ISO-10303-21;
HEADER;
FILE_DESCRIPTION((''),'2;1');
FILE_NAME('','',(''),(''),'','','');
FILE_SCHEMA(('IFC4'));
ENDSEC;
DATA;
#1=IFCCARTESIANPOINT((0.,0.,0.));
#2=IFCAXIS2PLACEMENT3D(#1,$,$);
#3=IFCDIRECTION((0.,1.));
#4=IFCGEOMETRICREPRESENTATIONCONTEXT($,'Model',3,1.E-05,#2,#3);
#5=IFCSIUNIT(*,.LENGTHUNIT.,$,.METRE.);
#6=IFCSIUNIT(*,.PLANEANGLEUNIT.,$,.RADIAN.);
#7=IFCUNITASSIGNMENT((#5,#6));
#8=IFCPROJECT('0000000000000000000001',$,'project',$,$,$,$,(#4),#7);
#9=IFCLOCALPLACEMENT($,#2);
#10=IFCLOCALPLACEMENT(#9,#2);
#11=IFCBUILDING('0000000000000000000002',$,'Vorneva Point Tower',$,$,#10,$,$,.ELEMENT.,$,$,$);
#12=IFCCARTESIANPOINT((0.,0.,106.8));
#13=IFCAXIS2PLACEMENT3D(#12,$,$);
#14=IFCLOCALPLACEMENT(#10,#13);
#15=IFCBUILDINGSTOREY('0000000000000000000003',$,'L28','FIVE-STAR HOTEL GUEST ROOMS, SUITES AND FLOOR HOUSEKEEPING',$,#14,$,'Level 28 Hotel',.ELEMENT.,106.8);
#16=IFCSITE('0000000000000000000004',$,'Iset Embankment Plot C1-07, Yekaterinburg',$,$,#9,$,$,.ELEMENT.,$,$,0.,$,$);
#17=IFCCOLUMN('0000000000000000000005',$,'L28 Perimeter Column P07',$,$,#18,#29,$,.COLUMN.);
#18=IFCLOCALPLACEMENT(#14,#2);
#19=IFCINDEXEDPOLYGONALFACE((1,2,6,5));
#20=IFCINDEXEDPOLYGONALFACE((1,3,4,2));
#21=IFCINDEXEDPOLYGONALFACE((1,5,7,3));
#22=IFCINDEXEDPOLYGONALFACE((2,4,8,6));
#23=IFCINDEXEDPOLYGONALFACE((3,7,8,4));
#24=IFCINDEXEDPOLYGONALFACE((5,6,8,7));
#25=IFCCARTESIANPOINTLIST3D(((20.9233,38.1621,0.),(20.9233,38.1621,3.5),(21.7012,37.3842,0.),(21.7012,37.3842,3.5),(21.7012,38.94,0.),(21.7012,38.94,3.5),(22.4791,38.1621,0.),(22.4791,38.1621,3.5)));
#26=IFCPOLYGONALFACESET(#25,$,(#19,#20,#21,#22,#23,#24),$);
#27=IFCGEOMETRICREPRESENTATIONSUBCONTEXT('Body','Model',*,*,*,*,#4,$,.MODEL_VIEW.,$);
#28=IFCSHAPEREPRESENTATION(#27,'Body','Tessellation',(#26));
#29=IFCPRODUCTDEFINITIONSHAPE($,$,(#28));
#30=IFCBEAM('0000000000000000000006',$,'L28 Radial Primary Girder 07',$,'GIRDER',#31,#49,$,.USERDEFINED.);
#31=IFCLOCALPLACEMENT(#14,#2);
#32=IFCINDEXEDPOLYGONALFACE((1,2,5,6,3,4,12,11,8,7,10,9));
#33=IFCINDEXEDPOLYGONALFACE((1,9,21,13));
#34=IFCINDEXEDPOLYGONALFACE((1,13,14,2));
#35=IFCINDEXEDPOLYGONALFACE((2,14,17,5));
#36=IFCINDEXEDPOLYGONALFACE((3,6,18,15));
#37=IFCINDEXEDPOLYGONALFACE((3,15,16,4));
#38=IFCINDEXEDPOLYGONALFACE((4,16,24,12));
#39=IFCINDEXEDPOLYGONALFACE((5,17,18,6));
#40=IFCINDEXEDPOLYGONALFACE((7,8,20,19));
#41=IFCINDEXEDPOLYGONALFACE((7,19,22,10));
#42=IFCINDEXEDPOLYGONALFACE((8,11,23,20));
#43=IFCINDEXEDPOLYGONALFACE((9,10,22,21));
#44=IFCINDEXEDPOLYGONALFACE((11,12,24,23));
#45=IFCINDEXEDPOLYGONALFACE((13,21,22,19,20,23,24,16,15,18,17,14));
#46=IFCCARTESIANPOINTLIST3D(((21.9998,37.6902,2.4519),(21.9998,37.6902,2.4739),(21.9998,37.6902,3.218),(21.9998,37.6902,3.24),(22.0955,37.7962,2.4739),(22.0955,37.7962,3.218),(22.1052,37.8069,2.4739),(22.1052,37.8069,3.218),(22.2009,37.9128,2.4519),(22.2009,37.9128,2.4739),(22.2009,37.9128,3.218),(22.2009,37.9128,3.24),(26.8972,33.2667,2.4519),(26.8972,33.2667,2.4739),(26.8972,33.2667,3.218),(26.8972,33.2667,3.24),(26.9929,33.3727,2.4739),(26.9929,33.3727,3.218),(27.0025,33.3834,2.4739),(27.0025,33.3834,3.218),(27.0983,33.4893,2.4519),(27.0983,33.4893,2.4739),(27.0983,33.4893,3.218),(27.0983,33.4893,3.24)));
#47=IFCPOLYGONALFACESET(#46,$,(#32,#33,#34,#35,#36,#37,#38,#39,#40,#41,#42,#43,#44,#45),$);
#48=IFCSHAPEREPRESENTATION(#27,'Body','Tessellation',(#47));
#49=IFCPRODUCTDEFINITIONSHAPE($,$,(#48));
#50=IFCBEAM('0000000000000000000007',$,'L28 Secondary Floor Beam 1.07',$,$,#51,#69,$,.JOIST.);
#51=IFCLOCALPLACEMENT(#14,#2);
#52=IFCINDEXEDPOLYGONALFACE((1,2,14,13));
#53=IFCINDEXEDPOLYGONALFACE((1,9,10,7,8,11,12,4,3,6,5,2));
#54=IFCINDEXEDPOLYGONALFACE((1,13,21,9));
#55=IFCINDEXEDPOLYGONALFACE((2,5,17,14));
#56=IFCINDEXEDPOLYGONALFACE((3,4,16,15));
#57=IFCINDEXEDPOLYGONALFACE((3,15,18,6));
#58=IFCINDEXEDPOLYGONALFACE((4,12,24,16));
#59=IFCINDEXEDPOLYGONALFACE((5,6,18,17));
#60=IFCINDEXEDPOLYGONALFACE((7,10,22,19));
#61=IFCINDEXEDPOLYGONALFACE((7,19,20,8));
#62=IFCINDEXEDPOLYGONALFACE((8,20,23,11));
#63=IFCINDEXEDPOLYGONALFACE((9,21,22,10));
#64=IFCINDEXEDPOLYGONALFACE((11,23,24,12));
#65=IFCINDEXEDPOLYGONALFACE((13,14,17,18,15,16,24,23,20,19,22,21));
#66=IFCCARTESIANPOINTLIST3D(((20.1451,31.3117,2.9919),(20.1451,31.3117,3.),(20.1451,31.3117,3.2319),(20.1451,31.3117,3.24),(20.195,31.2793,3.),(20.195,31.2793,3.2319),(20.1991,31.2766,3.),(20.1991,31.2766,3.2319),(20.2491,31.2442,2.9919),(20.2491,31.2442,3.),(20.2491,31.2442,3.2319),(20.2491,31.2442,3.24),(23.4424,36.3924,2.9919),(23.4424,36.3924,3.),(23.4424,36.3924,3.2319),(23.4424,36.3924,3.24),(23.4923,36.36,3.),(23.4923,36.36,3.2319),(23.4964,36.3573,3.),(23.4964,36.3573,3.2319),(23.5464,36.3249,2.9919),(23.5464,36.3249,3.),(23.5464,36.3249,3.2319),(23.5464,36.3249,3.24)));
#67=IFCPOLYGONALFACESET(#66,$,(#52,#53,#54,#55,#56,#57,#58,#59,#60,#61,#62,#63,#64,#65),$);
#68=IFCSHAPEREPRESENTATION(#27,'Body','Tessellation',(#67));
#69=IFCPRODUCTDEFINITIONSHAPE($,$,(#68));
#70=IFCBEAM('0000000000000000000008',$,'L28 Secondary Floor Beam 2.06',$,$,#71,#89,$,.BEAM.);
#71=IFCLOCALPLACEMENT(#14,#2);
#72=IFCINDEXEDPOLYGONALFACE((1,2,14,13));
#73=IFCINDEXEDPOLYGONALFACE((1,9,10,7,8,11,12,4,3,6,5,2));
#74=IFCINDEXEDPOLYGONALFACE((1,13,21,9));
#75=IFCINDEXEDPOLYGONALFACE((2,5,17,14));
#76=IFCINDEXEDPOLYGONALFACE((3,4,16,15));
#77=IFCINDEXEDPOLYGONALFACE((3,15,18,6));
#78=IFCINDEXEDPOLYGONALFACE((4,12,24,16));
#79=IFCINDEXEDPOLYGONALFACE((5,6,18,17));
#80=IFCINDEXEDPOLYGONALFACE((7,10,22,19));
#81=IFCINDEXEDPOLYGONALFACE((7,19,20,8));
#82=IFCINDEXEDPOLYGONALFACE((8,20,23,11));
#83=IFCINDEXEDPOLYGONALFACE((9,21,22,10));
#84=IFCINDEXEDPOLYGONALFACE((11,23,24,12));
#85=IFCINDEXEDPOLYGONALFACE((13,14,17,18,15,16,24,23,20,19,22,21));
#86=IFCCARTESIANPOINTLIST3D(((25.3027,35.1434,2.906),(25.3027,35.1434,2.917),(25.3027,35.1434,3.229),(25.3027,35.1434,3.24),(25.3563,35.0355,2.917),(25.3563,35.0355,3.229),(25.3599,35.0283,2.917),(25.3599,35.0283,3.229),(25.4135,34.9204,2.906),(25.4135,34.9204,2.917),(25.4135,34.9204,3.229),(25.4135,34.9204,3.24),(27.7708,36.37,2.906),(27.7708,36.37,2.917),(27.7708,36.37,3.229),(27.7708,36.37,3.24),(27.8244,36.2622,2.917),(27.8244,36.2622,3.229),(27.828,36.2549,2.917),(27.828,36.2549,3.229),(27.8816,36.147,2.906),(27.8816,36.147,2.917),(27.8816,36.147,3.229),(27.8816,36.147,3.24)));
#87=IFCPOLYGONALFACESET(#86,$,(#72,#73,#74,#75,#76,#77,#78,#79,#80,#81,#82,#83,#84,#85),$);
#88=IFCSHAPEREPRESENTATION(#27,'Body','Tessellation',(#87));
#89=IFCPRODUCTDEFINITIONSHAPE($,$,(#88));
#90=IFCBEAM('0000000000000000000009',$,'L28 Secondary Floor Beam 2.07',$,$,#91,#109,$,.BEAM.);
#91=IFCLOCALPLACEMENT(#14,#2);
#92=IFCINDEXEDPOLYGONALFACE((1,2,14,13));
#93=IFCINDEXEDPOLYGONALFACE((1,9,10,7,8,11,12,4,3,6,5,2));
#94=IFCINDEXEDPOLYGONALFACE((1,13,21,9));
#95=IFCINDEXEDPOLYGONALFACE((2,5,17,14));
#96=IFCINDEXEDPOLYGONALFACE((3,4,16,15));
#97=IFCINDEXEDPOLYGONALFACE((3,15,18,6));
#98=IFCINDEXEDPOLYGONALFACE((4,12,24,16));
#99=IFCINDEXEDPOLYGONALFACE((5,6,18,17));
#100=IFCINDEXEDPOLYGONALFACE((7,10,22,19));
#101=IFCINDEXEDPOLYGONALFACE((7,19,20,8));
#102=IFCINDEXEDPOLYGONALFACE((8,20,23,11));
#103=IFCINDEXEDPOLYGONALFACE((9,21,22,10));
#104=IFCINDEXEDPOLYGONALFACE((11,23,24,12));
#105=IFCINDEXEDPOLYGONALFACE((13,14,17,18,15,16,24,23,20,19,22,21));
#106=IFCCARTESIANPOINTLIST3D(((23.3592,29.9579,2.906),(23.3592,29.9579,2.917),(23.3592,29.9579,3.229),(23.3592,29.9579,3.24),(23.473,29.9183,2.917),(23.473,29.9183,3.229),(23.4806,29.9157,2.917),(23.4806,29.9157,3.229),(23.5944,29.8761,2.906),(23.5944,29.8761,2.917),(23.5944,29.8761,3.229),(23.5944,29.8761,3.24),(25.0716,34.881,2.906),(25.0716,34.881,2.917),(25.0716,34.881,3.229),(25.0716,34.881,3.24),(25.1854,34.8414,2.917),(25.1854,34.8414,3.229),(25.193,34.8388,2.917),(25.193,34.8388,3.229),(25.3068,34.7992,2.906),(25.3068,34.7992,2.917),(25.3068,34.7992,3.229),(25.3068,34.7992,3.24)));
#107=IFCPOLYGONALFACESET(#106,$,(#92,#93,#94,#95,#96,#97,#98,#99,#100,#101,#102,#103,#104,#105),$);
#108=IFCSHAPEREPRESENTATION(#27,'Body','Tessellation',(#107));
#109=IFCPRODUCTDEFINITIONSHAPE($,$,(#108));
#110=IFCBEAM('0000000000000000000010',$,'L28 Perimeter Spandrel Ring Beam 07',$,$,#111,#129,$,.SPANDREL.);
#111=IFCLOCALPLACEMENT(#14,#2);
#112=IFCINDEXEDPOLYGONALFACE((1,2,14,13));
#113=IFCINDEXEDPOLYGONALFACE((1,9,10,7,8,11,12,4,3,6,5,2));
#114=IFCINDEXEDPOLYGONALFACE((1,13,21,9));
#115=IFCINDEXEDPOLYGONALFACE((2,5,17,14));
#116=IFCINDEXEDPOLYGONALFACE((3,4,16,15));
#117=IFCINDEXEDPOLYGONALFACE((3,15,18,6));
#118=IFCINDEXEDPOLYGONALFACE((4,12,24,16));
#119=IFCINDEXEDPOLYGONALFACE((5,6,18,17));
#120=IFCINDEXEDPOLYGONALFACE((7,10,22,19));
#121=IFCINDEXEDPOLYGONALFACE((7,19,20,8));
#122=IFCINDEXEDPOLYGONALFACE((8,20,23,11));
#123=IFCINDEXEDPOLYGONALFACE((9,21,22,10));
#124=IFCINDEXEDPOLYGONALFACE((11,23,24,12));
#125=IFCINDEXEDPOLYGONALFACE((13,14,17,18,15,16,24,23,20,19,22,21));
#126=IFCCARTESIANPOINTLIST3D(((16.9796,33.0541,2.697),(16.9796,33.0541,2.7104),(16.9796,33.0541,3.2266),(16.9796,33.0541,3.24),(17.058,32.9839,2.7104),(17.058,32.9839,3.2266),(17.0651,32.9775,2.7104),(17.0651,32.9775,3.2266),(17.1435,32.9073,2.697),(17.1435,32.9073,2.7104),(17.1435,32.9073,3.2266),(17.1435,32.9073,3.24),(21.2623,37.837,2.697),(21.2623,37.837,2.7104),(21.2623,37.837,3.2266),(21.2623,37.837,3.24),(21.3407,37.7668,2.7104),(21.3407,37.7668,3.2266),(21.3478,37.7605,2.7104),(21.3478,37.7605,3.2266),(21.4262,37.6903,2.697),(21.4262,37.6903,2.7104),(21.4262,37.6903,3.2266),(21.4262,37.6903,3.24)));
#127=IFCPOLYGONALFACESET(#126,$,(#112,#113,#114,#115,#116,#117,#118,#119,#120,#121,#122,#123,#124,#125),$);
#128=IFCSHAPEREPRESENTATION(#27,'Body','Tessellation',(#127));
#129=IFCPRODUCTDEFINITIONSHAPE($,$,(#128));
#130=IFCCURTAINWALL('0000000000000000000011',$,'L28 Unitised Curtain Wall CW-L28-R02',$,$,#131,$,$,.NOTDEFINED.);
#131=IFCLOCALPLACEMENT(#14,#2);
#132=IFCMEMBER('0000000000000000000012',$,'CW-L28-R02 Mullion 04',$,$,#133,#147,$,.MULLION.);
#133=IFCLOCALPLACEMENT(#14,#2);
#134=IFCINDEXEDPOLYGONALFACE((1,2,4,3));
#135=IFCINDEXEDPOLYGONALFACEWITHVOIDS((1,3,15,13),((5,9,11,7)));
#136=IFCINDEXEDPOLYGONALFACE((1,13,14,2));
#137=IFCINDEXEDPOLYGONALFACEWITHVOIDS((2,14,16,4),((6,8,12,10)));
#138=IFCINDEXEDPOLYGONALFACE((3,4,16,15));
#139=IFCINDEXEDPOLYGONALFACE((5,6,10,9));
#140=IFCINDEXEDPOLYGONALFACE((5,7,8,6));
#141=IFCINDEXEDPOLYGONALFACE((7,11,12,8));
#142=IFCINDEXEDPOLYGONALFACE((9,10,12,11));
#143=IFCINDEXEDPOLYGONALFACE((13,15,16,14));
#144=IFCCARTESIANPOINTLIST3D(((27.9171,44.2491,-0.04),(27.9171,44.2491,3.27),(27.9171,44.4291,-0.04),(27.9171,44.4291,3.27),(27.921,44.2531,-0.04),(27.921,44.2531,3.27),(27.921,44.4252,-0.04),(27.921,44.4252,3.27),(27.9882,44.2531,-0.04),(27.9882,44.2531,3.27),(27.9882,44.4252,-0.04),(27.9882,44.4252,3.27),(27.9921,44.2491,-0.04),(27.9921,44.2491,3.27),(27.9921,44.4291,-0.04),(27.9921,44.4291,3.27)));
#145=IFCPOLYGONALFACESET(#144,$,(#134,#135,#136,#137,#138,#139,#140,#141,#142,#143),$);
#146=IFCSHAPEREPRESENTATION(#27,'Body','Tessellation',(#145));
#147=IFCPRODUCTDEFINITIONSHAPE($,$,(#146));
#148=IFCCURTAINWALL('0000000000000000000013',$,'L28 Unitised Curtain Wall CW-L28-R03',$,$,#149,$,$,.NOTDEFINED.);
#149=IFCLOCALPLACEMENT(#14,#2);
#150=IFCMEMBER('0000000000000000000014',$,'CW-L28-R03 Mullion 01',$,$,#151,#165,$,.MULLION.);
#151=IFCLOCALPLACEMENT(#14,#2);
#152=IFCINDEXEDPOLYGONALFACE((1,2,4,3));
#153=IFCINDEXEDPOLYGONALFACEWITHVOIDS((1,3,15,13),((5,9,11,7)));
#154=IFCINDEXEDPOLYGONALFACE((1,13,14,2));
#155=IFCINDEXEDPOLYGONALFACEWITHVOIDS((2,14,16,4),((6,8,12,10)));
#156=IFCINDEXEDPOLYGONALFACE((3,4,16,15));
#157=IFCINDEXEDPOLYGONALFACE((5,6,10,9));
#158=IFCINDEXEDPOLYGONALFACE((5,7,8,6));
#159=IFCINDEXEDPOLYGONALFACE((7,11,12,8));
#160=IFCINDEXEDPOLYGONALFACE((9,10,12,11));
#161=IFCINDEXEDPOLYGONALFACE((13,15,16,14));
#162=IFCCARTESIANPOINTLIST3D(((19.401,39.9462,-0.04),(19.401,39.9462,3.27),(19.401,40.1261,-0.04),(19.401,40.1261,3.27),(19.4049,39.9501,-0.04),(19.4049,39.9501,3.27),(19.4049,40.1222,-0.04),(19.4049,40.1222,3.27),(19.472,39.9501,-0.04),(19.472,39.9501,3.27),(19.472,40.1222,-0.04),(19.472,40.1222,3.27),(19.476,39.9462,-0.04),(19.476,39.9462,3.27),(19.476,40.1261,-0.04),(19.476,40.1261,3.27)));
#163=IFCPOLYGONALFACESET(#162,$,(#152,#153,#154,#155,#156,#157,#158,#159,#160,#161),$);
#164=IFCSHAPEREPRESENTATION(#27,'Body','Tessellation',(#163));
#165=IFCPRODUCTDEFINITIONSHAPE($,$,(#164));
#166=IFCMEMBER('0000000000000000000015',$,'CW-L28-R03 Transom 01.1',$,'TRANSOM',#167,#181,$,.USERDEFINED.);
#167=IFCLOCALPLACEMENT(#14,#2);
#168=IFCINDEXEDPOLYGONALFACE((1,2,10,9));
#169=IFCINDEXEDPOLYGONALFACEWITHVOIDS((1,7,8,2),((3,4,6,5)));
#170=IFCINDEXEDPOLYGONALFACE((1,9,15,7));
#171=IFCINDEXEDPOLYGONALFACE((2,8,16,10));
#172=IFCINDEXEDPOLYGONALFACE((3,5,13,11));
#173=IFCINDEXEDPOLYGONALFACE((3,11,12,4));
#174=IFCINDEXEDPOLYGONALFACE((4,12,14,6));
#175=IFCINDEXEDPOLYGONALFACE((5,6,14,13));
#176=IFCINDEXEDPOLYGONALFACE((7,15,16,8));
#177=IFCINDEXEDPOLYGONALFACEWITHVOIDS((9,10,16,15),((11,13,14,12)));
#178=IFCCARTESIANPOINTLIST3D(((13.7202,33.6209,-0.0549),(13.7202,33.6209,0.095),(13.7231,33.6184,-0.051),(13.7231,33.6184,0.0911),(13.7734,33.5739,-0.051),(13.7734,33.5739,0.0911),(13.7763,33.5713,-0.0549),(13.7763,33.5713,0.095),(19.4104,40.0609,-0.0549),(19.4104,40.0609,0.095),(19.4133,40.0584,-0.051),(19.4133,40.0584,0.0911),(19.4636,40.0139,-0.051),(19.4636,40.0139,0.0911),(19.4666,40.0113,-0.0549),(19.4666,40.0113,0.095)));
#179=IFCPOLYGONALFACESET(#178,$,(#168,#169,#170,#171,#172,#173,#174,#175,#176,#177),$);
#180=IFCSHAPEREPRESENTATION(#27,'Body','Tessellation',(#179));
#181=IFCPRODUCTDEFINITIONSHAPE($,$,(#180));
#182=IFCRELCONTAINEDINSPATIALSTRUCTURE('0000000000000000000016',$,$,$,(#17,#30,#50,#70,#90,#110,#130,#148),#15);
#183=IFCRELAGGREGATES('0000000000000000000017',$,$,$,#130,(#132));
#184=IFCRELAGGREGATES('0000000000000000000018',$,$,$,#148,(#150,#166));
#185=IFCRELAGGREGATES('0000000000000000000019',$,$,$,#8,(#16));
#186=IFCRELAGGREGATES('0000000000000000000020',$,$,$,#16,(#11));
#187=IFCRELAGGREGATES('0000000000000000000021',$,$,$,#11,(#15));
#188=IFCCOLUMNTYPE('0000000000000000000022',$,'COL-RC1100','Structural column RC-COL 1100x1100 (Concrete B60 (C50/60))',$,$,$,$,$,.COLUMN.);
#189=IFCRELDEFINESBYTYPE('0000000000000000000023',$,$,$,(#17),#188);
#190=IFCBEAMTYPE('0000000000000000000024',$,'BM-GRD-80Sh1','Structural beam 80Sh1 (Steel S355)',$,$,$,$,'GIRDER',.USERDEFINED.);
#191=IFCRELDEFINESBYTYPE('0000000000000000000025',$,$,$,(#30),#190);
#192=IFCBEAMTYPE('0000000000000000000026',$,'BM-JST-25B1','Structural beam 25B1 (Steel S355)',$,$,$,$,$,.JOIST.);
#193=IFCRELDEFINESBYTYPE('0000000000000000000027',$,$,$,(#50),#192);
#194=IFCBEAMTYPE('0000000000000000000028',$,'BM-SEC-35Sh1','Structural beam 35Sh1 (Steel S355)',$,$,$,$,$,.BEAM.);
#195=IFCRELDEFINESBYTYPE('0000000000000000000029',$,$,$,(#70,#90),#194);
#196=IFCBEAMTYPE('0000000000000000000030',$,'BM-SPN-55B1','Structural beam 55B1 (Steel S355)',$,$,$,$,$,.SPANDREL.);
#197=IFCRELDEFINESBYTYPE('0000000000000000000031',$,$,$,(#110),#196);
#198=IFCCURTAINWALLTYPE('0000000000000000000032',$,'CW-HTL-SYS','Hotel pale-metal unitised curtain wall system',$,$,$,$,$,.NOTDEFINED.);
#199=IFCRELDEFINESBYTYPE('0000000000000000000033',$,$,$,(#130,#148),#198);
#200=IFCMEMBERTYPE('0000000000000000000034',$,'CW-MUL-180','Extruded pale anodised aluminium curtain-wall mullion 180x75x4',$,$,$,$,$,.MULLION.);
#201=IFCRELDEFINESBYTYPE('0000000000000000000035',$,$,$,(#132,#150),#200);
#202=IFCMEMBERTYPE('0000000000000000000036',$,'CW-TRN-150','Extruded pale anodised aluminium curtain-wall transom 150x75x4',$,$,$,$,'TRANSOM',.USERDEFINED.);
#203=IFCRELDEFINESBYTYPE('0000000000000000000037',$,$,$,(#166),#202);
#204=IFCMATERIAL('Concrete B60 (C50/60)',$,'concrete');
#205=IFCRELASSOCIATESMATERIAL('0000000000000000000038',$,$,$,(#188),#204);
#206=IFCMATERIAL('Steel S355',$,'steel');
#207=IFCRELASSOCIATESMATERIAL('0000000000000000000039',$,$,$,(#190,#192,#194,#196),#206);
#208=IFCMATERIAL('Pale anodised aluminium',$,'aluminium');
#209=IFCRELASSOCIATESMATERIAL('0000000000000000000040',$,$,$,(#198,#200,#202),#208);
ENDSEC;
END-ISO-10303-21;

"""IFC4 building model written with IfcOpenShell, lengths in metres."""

from ifc_helpers import new_model, si_unit, direction, frame, origin, origin_2d, place, context, subcontext, project, spatial, rectangle, hollow_rectangle, i_section, extrude, material, material_profile, profile_set, type_object, element, aggregate, save


model = new_model("IFC4")

# Units and contexts
model_context = context("Model", 3, precision=1e-05, world=origin(), true_north=direction((0.0, 1.0)))
body_context = subcontext(model_context, "Body", "Model", "MODEL_VIEW")
ifc_project = project(units=[si_unit("LENGTHUNIT", "METRE"), si_unit("PLANEANGLEUNIT", "RADIAN")], contexts=[model_context])

# Site, building, storey
site_placement = place(None, origin())
site = spatial("IfcSite", under=ifc_project, at=site_placement, Name="Iset Embankment Plot C1-07, Yekaterinburg", CompositionType="ELEMENT", RefElevation=0.0)
building_placement = place(site_placement, origin())
building = spatial("IfcBuilding", under=site, at=building_placement, Name="Vorneva Point Tower", CompositionType="ELEMENT")
storey_placement = place(building_placement, frame((0.0, 0.0, 106.8)))
storey = spatial("IfcBuildingStorey", under=building, at=storey_placement, Name="L28", Description="FIVE-STAR HOTEL GUEST ROOMS, SUITES AND FLOOR HOUSEKEEPING", LongName="Level 28 Hotel", CompositionType="ELEMENT", Elevation=106.8)

# Column
ifc_material_1 = material(Name="Concrete B60 (C50/60)", Category="concrete")
ifc_material_profile_1 = material_profile(ifc_material_1, rectangle(XDim=1.1001, YDim=1.1001, at=origin_2d()), Name="RC-COL 1100x1100")
ifc_profile_set_1 = profile_set([ifc_material_profile_1], Name="Concrete B60 (C50/60)")
column_type = type_object("IfcColumnType", Name="COL-RC1100", Description="Structural column RC-COL 1100x1100 (Concrete B60 (C50/60))", PredefinedType="COLUMN", material=ifc_profile_set_1)
column_placement = place(storey_placement, frame((21.7012, 38.1621, 0.0), z_axis=(0.0, 0.0, 1.0), x_axis=(-0.707107, 0.707107, 0.0)))
element("IfcColumn", 1, at=column_placement, inside=storey, type_object=column_type, Name="L28 Perimeter Column P07", PredefinedType="COLUMN", context=body_context, shape_type="SweptSolid", body=[
    extrude(rectangle(XDim=1.1001, YDim=1.1001, at=origin_2d()), origin(), (0.0, 0.0, 1.0), 3.5),
])

# Beams
ifc_material_2 = material(Name="Steel S355", Category="steel")
ifc_material_profile_2 = material_profile(ifc_material_2, i_section(OverallWidth=0.3, OverallDepth=0.7881, WebThickness=0.0144, FlangeThickness=0.022, at=origin_2d()), Name="80Sh1")
ifc_profile_set_2 = profile_set([ifc_material_profile_2], Name="Steel S355")
beam_type_1 = type_object("IfcBeamType", Name="BM-GRD-80Sh1", Description="Structural beam 80Sh1 (Steel S355)", ElementType="GIRDER", PredefinedType="USERDEFINED", material=ifc_profile_set_2)
beam_1_placement = place(storey_placement, frame((22.1003, 37.8015, 2.8459), z_axis=(0.742097, -0.670292, 0.0), x_axis=(0.670292, 0.742097, 0.0)))
element("IfcBeam", 2, at=beam_1_placement, inside=storey, type_object=beam_type_1, Name="L28 Radial Primary Girder 07", ObjectType="GIRDER", PredefinedType="USERDEFINED", context=body_context, shape_type="SweptSolid", body=[
    extrude(i_section(OverallWidth=0.3, OverallDepth=0.7881, WebThickness=0.0144, FlangeThickness=0.022, at=origin_2d()), origin(), (0.0, 0.0, 1.0), 6.5994),
])
ifc_material_profile_3 = material_profile(ifc_material_2, i_section(OverallWidth=0.124, OverallDepth=0.248, WebThickness=0.0049, FlangeThickness=0.0081, at=origin_2d()), Name="25B1")
ifc_profile_set_3 = profile_set([ifc_material_profile_3], Name="Steel S355")
beam_type_2 = type_object("IfcBeamType", Name="BM-JST-25B1", Description="Structural beam 25B1 (Steel S355)", PredefinedType="JOIST", material=ifc_profile_set_3)
beam_2_placement = place(storey_placement, frame((23.4944, 36.3586, 3.116), z_axis=(-0.544389, -0.838833, 0.0), x_axis=(0.838833, -0.544389, 0.0)))
element("IfcBeam", 3, at=beam_2_placement, inside=storey, type_object=beam_type_2, Name="L28 Secondary Floor Beam 1.07", PredefinedType="JOIST", context=body_context, shape_type="SweptSolid", body=[
    extrude(i_section(OverallWidth=0.124, OverallDepth=0.248, WebThickness=0.0049, FlangeThickness=0.0081, at=origin_2d()), origin(), (0.0, 0.0, 1.0), 6.0569),
])
ifc_material_profile_4 = material_profile(ifc_material_2, i_section(OverallWidth=0.249, OverallDepth=0.334, WebThickness=0.0081, FlangeThickness=0.011, at=origin_2d()), Name="35Sh1")
ifc_profile_set_4 = profile_set([ifc_material_profile_4], Name="Steel S355")
beam_type_3 = type_object("IfcBeamType", Name="BM-SEC-35Sh1", Description="Structural beam 35Sh1 (Steel S355)", PredefinedType="BEAM", material=ifc_profile_set_4)
beam_3_placement = place(storey_placement, frame((27.8262, 36.2585, 3.073), z_axis=(-0.895505, -0.445051, 0.0), x_axis=(0.445051, -0.895505, 0.0)))
element("IfcBeam", 4, at=beam_3_placement, inside=storey, type_object=beam_type_3, Name="L28 Secondary Floor Beam 2.06", PredefinedType="BEAM", context=body_context, shape_type="SweptSolid", body=[
    extrude(i_section(OverallWidth=0.249, OverallDepth=0.334, WebThickness=0.0081, FlangeThickness=0.011, at=origin_2d()), origin(), (0.0, 0.0, 1.0), 2.7561),
])
beam_4_placement = place(storey_placement, frame((25.1892, 34.8401, 3.073), z_axis=(-0.328524, -0.944496, 0.0), x_axis=(0.944496, -0.328524, 0.0)))
element("IfcBeam", 5, at=beam_4_placement, inside=storey, type_object=beam_type_3, Name="L28 Secondary Floor Beam 2.07", PredefinedType="BEAM", context=body_context, shape_type="SweptSolid", body=[
    extrude(i_section(OverallWidth=0.249, OverallDepth=0.334, WebThickness=0.0081, FlangeThickness=0.011, at=origin_2d()), origin(), (0.0, 0.0, 1.0), 5.2124),
])
ifc_material_profile_5 = material_profile(ifc_material_2, i_section(OverallWidth=0.22, OverallDepth=0.543, WebThickness=0.0095, FlangeThickness=0.0134, at=origin_2d()), Name="55B1")
ifc_profile_set_5 = profile_set([ifc_material_profile_5], Name="Steel S355")
beam_type_4 = type_object("IfcBeamType", Name="BM-SPN-55B1", Description="Structural beam 55B1 (Steel S355)", PredefinedType="SPANDREL", material=ifc_profile_set_5)
beam_5_placement = place(storey_placement, frame((21.3442, 37.7637, 2.9685), z_axis=(-0.667074, -0.744992, 0.0), x_axis=(0.744992, -0.667074, 0.0)))
element("IfcBeam", 6, at=beam_5_placement, inside=storey, type_object=beam_type_4, Name="L28 Perimeter Spandrel Ring Beam 07", PredefinedType="SPANDREL", context=body_context, shape_type="SweptSolid", body=[
    extrude(i_section(OverallWidth=0.22, OverallDepth=0.543, WebThickness=0.0095, FlangeThickness=0.0134, at=origin_2d()), origin(), (0.0, 0.0, 1.0), 6.4202),
])

# Curtain wall, member
ifc_material_3 = material(Name="Pale anodised aluminium", Category="aluminium")
curtain_wall_type = type_object("IfcCurtainWallType", Name="CW-HTL-SYS", Description="Hotel pale-metal unitised curtain wall system", PredefinedType="NOTDEFINED", material=ifc_material_3)
curtain_wall_1_placement = place(storey_placement, origin())
curtain_wall_1 = element("IfcCurtainWall", 7, at=curtain_wall_1_placement, inside=storey, type_object=curtain_wall_type, Name="L28 Unitised Curtain Wall CW-L28-R02", PredefinedType="NOTDEFINED")
ifc_material_profile_6 = material_profile(ifc_material_3, hollow_rectangle(XDim=0.075, YDim=0.1799, WallThickness=0.0039, at=origin_2d()), Name="AL-MUL 180x75x4")
ifc_profile_set_6 = profile_set([ifc_material_profile_6], Name="Pale anodised aluminium")
member_type_1 = type_object("IfcMemberType", Name="CW-MUL-180", Description="Extruded pale anodised aluminium curtain-wall mullion 180x75x4", PredefinedType="MULLION", material=ifc_profile_set_6)
member_1_placement = place(storey_placement, frame((27.9546, 44.3391, -0.04), z_axis=(0.0, 0.0, 1.0), x_axis=(1.0, 0.0, 0.0)))
member_1 = element("IfcMember", 8, at=member_1_placement, type_object=member_type_1, Name="CW-L28-R02 Mullion 04", PredefinedType="MULLION", context=body_context, shape_type="SweptSolid", body=[
    extrude(hollow_rectangle(XDim=0.075, YDim=0.1799, WallThickness=0.0039, at=origin_2d()), origin(), (0.0, 0.0, 1.0), 3.3101),
])
aggregate(curtain_wall_1, [member_1])

# Curtain wall, members
curtain_wall_2_placement = place(storey_placement, origin())
curtain_wall_2 = element("IfcCurtainWall", 9, at=curtain_wall_2_placement, inside=storey, type_object=curtain_wall_type, Name="L28 Unitised Curtain Wall CW-L28-R03", PredefinedType="NOTDEFINED")
member_2_placement = place(storey_placement, frame((19.4385, 40.0361, -0.04), z_axis=(0.0, 0.0, 1.0), x_axis=(1.0, 0.0, 0.0)))
member_2 = element("IfcMember", 10, at=member_2_placement, type_object=member_type_1, Name="CW-L28-R03 Mullion 01", PredefinedType="MULLION", context=body_context, shape_type="SweptSolid", body=[
    extrude(hollow_rectangle(XDim=0.075, YDim=0.1799, WallThickness=0.0039, at=origin_2d()), origin(), (0.0, 0.0, 1.0), 3.3101),
])
ifc_material_profile_7 = material_profile(ifc_material_3, hollow_rectangle(XDim=0.075, YDim=0.1499, WallThickness=0.0039, at=origin_2d()), Name="AL-TRN 150x75x4")
ifc_profile_set_7 = profile_set([ifc_material_profile_7], Name="Pale anodised aluminium")
member_type_2 = type_object("IfcMemberType", Name="CW-TRN-150", Description="Extruded pale anodised aluminium curtain-wall transom 150x75x4", ElementType="TRANSOM", PredefinedType="USERDEFINED", material=ifc_profile_set_7)
member_3_placement = place(storey_placement, frame((19.4385, 40.0361, 0.02), z_axis=(-0.662137, -0.749383, 0.0), x_axis=(0.749383, -0.662137, 0.0)))
member_3 = element("IfcMember", 11, at=member_3_placement, type_object=member_type_2, Name="CW-L28-R03 Transom 01.1", ObjectType="TRANSOM", PredefinedType="USERDEFINED", context=body_context, shape_type="SweptSolid", body=[
    extrude(hollow_rectangle(XDim=0.075, YDim=0.1499, WallThickness=0.0039, at=origin_2d()), origin(), (0.0, 0.0, 1.0), 8.5938),
])
aggregate(curtain_wall_2, [member_2, member_3])

save(model, "model.ifc")
